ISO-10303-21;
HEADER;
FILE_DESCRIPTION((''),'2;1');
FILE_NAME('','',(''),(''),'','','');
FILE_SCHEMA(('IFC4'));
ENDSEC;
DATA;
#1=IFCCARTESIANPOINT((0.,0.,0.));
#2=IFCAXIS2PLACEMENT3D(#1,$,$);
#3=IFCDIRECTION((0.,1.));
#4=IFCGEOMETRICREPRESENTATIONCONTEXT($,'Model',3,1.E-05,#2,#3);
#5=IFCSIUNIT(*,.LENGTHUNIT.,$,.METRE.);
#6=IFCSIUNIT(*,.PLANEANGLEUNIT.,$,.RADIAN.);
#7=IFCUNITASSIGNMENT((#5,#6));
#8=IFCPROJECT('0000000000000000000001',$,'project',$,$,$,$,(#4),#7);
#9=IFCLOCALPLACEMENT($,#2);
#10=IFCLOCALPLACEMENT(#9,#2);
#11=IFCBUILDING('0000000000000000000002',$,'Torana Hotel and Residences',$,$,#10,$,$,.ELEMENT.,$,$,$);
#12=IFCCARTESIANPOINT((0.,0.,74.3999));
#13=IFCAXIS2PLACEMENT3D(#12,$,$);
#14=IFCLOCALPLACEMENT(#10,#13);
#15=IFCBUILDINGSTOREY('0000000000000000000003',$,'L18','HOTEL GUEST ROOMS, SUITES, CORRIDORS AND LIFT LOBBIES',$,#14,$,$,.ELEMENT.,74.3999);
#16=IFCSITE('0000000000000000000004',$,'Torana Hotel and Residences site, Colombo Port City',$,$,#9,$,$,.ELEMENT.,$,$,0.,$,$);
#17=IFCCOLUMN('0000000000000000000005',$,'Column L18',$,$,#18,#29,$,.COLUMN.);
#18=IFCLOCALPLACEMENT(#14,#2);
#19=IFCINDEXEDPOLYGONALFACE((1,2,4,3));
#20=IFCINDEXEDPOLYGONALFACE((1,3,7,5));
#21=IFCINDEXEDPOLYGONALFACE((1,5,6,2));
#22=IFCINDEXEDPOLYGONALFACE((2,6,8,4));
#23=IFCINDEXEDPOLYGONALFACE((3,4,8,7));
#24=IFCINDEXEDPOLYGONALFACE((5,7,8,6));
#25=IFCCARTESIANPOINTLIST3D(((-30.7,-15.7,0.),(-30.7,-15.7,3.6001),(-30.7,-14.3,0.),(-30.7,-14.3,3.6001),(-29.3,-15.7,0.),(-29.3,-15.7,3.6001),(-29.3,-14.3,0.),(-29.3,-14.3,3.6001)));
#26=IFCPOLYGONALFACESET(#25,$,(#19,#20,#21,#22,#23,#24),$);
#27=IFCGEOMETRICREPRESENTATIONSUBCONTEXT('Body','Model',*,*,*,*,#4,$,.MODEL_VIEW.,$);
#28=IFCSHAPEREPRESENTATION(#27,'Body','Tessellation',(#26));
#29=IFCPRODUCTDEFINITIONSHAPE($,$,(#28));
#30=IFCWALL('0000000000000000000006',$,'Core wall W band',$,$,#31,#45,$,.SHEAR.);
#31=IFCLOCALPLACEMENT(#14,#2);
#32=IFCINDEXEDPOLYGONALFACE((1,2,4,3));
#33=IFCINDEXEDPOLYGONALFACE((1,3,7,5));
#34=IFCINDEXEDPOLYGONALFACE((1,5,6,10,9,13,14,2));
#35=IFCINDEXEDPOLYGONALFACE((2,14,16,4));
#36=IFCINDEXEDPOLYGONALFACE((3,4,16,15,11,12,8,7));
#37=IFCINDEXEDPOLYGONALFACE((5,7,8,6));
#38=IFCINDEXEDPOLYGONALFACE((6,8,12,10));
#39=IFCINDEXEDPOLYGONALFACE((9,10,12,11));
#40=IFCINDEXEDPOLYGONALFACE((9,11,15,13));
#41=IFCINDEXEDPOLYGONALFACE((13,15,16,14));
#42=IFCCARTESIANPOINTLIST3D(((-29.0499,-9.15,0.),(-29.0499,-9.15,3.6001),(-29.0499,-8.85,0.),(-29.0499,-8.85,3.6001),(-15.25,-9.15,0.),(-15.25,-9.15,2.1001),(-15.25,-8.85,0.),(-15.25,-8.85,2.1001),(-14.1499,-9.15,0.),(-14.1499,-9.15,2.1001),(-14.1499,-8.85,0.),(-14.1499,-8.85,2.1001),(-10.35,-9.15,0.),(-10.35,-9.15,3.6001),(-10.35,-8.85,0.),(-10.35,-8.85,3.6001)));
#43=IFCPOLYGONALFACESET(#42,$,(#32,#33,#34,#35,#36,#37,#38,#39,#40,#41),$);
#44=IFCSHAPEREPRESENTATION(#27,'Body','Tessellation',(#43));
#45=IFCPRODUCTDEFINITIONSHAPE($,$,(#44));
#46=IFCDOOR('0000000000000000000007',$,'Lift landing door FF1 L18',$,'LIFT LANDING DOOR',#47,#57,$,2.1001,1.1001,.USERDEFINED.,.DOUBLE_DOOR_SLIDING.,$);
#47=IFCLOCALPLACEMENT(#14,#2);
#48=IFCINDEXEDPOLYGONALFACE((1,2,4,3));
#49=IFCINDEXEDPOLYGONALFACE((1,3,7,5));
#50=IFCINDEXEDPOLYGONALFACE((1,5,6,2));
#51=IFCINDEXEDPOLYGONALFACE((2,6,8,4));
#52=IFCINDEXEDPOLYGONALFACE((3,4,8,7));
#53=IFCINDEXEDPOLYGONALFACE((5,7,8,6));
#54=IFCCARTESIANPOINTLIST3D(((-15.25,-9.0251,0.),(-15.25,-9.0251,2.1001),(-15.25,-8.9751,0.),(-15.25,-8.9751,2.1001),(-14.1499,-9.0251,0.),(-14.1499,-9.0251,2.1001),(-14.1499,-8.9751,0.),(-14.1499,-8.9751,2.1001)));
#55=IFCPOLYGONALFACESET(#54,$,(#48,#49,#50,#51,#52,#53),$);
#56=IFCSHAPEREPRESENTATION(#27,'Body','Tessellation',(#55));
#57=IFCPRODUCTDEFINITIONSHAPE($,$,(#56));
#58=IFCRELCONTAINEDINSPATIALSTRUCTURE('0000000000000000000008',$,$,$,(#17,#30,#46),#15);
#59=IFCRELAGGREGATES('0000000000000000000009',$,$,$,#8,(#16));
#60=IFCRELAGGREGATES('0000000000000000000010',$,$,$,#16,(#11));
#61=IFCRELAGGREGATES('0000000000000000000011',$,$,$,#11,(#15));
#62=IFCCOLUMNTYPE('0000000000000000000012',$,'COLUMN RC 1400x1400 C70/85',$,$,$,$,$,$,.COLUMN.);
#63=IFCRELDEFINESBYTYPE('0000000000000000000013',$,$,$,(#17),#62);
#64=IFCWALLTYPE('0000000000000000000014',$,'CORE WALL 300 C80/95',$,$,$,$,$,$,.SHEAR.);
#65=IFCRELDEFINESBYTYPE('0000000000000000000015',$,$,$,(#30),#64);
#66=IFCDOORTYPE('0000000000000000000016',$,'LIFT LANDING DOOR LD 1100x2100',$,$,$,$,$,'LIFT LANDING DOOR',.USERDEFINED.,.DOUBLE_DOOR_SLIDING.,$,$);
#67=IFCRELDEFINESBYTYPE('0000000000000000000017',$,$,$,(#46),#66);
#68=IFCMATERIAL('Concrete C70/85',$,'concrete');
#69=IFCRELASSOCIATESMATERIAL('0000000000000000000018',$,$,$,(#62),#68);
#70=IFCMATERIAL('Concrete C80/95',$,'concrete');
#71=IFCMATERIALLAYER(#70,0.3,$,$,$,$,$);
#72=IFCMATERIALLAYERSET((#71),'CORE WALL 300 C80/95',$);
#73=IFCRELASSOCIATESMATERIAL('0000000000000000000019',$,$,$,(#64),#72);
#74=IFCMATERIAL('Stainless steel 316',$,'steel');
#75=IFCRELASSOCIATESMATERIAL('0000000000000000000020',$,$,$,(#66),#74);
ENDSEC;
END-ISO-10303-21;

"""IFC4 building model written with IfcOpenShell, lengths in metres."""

from ifc_helpers import new_model, si_unit, direction, frame, frame_2d, origin, origin_2d, place, context, subcontext, project, spatial, rectangle, extrude, material, layer, layer_set, material_profile, profile_set, type_object, element, fill, save


model = new_model("IFC4")

# Units and contexts
model_context = context("Model", 3, precision=1e-05, world=origin(), true_north=direction((0.0, 1.0)))
body_context = subcontext(model_context, "Body", "Model", "MODEL_VIEW")
ifc_project = project(units=[si_unit("LENGTHUNIT", "METRE"), si_unit("PLANEANGLEUNIT", "RADIAN")], contexts=[model_context])

# Site, building, storey
site_placement = place(None, origin())
site = spatial("IfcSite", under=ifc_project, at=site_placement, Name="Torana Hotel and Residences site, Colombo Port City", CompositionType="ELEMENT", RefElevation=0.0)
building_placement = place(site_placement, origin())
building = spatial("IfcBuilding", under=site, at=building_placement, Name="Torana Hotel and Residences", CompositionType="ELEMENT")
storey_placement = place(building_placement, frame((0.0, 0.0, 74.3999)))
storey = spatial("IfcBuildingStorey", under=building, at=storey_placement, Name="L18", Description="HOTEL GUEST ROOMS, SUITES, CORRIDORS AND LIFT LOBBIES", CompositionType="ELEMENT", Elevation=74.3999)

# Column
ifc_material_1 = material(Name="Concrete C70/85", Category="concrete")
ifc_material_profile = material_profile(ifc_material_1, rectangle(XDim=1.3999, YDim=1.3999, at=origin_2d()), Name="RC 1400x1400")
ifc_profile_set = profile_set([ifc_material_profile], Name="Concrete C70/85")
column_type = type_object("IfcColumnType", Name="COLUMN RC 1400x1400 C70/85", PredefinedType="COLUMN", material=ifc_profile_set)
column_placement = place(storey_placement, frame((-30.0, -15.0, 0.0), z_axis=(0.0, 0.0, 1.0), x_axis=(1.0, 0.0, 0.0)))
element("IfcColumn", 1, at=column_placement, inside=storey, type_object=column_type, Name="Column L18", PredefinedType="COLUMN", context=body_context, shape_type="SweptSolid", body=[
    extrude(rectangle(XDim=1.3999, YDim=1.3999, at=origin_2d()), origin(), (0.0, 0.0, 1.0), 3.6001),
])

# Wall, opening, door
ifc_material_2 = material(Name="Concrete C80/95", Category="concrete")
ifc_layer_1 = layer(ifc_material_2, 0.3)
ifc_layer_set_1 = layer_set([ifc_layer_1], Name="CORE WALL 300 C80/95")
wall_type_1 = type_object("IfcWallType", Name="CORE WALL 300 C80/95", PredefinedType="SHEAR", material=ifc_layer_set_1)
wall_1_placement = place(storey_placement, frame((-29.05, -9.0, 0.0), z_axis=(0.0, 0.0, 1.0), x_axis=(1.0, 0.0, 0.0)))
wall_1 = element("IfcWall", 2, at=wall_1_placement, inside=storey, type_object=wall_type_1, Name="Core wall W band", PredefinedType="SHEAR", context=body_context, shape_type="SweptSolid", body=[
    extrude(rectangle(XDim=18.7, YDim=0.3, at=frame_2d((9.3501, 0.0))), origin(), (0.0, 0.0, 1.0), 3.6001),
])
opening_1_placement = place(wall_1_placement, frame((13.8, 0.0, 0.0)))
opening_1 = element("IfcOpeningElement", 3, at=opening_1_placement, cuts=wall_1, PredefinedType="OPENING", context=body_context, shape_type="SweptSolid", body=[
    extrude(rectangle(XDim=1.1001, YDim=2.1001, at=frame_2d((0.55, 1.05))), frame((0.0, 0.1599, 0.0), z_axis=(0.0, -1.0, 0.0), x_axis=(1.0, 0.0, 0.0)), (0.0, 0.0, 1.0), 0.3201),
])
ifc_material_3 = material(Name="Stainless steel 316", Category="steel")
door_type_1 = type_object("IfcDoorType", Name="LIFT LANDING DOOR LD 1100x2100", ElementType="LIFT LANDING DOOR", OperationType="DOUBLE_DOOR_SLIDING", PredefinedType="USERDEFINED", material=ifc_material_3)
door_1_placement = place(opening_1_placement, origin())
door_1 = element("IfcDoor", 4, at=door_1_placement, inside=storey, type_object=door_type_1, Name="Lift landing door FF1 L18", ObjectType="LIFT LANDING DOOR", OperationType="DOUBLE_DOOR_SLIDING", OverallHeight=2.1001, OverallWidth=1.1001, PredefinedType="USERDEFINED", context=body_context, shape_type="SweptSolid", body=[
    extrude(rectangle(XDim=1.1001, YDim=2.1001, at=frame_2d((0.55, 1.05))), frame((0.0, 0.0249, 0.0), z_axis=(0.0, -1.0, 0.0), x_axis=(1.0, 0.0, 0.0)), (0.0, 0.0, 1.0), 0.05),
])
fill(opening_1, door_1)

save(model, "model.ifc")
